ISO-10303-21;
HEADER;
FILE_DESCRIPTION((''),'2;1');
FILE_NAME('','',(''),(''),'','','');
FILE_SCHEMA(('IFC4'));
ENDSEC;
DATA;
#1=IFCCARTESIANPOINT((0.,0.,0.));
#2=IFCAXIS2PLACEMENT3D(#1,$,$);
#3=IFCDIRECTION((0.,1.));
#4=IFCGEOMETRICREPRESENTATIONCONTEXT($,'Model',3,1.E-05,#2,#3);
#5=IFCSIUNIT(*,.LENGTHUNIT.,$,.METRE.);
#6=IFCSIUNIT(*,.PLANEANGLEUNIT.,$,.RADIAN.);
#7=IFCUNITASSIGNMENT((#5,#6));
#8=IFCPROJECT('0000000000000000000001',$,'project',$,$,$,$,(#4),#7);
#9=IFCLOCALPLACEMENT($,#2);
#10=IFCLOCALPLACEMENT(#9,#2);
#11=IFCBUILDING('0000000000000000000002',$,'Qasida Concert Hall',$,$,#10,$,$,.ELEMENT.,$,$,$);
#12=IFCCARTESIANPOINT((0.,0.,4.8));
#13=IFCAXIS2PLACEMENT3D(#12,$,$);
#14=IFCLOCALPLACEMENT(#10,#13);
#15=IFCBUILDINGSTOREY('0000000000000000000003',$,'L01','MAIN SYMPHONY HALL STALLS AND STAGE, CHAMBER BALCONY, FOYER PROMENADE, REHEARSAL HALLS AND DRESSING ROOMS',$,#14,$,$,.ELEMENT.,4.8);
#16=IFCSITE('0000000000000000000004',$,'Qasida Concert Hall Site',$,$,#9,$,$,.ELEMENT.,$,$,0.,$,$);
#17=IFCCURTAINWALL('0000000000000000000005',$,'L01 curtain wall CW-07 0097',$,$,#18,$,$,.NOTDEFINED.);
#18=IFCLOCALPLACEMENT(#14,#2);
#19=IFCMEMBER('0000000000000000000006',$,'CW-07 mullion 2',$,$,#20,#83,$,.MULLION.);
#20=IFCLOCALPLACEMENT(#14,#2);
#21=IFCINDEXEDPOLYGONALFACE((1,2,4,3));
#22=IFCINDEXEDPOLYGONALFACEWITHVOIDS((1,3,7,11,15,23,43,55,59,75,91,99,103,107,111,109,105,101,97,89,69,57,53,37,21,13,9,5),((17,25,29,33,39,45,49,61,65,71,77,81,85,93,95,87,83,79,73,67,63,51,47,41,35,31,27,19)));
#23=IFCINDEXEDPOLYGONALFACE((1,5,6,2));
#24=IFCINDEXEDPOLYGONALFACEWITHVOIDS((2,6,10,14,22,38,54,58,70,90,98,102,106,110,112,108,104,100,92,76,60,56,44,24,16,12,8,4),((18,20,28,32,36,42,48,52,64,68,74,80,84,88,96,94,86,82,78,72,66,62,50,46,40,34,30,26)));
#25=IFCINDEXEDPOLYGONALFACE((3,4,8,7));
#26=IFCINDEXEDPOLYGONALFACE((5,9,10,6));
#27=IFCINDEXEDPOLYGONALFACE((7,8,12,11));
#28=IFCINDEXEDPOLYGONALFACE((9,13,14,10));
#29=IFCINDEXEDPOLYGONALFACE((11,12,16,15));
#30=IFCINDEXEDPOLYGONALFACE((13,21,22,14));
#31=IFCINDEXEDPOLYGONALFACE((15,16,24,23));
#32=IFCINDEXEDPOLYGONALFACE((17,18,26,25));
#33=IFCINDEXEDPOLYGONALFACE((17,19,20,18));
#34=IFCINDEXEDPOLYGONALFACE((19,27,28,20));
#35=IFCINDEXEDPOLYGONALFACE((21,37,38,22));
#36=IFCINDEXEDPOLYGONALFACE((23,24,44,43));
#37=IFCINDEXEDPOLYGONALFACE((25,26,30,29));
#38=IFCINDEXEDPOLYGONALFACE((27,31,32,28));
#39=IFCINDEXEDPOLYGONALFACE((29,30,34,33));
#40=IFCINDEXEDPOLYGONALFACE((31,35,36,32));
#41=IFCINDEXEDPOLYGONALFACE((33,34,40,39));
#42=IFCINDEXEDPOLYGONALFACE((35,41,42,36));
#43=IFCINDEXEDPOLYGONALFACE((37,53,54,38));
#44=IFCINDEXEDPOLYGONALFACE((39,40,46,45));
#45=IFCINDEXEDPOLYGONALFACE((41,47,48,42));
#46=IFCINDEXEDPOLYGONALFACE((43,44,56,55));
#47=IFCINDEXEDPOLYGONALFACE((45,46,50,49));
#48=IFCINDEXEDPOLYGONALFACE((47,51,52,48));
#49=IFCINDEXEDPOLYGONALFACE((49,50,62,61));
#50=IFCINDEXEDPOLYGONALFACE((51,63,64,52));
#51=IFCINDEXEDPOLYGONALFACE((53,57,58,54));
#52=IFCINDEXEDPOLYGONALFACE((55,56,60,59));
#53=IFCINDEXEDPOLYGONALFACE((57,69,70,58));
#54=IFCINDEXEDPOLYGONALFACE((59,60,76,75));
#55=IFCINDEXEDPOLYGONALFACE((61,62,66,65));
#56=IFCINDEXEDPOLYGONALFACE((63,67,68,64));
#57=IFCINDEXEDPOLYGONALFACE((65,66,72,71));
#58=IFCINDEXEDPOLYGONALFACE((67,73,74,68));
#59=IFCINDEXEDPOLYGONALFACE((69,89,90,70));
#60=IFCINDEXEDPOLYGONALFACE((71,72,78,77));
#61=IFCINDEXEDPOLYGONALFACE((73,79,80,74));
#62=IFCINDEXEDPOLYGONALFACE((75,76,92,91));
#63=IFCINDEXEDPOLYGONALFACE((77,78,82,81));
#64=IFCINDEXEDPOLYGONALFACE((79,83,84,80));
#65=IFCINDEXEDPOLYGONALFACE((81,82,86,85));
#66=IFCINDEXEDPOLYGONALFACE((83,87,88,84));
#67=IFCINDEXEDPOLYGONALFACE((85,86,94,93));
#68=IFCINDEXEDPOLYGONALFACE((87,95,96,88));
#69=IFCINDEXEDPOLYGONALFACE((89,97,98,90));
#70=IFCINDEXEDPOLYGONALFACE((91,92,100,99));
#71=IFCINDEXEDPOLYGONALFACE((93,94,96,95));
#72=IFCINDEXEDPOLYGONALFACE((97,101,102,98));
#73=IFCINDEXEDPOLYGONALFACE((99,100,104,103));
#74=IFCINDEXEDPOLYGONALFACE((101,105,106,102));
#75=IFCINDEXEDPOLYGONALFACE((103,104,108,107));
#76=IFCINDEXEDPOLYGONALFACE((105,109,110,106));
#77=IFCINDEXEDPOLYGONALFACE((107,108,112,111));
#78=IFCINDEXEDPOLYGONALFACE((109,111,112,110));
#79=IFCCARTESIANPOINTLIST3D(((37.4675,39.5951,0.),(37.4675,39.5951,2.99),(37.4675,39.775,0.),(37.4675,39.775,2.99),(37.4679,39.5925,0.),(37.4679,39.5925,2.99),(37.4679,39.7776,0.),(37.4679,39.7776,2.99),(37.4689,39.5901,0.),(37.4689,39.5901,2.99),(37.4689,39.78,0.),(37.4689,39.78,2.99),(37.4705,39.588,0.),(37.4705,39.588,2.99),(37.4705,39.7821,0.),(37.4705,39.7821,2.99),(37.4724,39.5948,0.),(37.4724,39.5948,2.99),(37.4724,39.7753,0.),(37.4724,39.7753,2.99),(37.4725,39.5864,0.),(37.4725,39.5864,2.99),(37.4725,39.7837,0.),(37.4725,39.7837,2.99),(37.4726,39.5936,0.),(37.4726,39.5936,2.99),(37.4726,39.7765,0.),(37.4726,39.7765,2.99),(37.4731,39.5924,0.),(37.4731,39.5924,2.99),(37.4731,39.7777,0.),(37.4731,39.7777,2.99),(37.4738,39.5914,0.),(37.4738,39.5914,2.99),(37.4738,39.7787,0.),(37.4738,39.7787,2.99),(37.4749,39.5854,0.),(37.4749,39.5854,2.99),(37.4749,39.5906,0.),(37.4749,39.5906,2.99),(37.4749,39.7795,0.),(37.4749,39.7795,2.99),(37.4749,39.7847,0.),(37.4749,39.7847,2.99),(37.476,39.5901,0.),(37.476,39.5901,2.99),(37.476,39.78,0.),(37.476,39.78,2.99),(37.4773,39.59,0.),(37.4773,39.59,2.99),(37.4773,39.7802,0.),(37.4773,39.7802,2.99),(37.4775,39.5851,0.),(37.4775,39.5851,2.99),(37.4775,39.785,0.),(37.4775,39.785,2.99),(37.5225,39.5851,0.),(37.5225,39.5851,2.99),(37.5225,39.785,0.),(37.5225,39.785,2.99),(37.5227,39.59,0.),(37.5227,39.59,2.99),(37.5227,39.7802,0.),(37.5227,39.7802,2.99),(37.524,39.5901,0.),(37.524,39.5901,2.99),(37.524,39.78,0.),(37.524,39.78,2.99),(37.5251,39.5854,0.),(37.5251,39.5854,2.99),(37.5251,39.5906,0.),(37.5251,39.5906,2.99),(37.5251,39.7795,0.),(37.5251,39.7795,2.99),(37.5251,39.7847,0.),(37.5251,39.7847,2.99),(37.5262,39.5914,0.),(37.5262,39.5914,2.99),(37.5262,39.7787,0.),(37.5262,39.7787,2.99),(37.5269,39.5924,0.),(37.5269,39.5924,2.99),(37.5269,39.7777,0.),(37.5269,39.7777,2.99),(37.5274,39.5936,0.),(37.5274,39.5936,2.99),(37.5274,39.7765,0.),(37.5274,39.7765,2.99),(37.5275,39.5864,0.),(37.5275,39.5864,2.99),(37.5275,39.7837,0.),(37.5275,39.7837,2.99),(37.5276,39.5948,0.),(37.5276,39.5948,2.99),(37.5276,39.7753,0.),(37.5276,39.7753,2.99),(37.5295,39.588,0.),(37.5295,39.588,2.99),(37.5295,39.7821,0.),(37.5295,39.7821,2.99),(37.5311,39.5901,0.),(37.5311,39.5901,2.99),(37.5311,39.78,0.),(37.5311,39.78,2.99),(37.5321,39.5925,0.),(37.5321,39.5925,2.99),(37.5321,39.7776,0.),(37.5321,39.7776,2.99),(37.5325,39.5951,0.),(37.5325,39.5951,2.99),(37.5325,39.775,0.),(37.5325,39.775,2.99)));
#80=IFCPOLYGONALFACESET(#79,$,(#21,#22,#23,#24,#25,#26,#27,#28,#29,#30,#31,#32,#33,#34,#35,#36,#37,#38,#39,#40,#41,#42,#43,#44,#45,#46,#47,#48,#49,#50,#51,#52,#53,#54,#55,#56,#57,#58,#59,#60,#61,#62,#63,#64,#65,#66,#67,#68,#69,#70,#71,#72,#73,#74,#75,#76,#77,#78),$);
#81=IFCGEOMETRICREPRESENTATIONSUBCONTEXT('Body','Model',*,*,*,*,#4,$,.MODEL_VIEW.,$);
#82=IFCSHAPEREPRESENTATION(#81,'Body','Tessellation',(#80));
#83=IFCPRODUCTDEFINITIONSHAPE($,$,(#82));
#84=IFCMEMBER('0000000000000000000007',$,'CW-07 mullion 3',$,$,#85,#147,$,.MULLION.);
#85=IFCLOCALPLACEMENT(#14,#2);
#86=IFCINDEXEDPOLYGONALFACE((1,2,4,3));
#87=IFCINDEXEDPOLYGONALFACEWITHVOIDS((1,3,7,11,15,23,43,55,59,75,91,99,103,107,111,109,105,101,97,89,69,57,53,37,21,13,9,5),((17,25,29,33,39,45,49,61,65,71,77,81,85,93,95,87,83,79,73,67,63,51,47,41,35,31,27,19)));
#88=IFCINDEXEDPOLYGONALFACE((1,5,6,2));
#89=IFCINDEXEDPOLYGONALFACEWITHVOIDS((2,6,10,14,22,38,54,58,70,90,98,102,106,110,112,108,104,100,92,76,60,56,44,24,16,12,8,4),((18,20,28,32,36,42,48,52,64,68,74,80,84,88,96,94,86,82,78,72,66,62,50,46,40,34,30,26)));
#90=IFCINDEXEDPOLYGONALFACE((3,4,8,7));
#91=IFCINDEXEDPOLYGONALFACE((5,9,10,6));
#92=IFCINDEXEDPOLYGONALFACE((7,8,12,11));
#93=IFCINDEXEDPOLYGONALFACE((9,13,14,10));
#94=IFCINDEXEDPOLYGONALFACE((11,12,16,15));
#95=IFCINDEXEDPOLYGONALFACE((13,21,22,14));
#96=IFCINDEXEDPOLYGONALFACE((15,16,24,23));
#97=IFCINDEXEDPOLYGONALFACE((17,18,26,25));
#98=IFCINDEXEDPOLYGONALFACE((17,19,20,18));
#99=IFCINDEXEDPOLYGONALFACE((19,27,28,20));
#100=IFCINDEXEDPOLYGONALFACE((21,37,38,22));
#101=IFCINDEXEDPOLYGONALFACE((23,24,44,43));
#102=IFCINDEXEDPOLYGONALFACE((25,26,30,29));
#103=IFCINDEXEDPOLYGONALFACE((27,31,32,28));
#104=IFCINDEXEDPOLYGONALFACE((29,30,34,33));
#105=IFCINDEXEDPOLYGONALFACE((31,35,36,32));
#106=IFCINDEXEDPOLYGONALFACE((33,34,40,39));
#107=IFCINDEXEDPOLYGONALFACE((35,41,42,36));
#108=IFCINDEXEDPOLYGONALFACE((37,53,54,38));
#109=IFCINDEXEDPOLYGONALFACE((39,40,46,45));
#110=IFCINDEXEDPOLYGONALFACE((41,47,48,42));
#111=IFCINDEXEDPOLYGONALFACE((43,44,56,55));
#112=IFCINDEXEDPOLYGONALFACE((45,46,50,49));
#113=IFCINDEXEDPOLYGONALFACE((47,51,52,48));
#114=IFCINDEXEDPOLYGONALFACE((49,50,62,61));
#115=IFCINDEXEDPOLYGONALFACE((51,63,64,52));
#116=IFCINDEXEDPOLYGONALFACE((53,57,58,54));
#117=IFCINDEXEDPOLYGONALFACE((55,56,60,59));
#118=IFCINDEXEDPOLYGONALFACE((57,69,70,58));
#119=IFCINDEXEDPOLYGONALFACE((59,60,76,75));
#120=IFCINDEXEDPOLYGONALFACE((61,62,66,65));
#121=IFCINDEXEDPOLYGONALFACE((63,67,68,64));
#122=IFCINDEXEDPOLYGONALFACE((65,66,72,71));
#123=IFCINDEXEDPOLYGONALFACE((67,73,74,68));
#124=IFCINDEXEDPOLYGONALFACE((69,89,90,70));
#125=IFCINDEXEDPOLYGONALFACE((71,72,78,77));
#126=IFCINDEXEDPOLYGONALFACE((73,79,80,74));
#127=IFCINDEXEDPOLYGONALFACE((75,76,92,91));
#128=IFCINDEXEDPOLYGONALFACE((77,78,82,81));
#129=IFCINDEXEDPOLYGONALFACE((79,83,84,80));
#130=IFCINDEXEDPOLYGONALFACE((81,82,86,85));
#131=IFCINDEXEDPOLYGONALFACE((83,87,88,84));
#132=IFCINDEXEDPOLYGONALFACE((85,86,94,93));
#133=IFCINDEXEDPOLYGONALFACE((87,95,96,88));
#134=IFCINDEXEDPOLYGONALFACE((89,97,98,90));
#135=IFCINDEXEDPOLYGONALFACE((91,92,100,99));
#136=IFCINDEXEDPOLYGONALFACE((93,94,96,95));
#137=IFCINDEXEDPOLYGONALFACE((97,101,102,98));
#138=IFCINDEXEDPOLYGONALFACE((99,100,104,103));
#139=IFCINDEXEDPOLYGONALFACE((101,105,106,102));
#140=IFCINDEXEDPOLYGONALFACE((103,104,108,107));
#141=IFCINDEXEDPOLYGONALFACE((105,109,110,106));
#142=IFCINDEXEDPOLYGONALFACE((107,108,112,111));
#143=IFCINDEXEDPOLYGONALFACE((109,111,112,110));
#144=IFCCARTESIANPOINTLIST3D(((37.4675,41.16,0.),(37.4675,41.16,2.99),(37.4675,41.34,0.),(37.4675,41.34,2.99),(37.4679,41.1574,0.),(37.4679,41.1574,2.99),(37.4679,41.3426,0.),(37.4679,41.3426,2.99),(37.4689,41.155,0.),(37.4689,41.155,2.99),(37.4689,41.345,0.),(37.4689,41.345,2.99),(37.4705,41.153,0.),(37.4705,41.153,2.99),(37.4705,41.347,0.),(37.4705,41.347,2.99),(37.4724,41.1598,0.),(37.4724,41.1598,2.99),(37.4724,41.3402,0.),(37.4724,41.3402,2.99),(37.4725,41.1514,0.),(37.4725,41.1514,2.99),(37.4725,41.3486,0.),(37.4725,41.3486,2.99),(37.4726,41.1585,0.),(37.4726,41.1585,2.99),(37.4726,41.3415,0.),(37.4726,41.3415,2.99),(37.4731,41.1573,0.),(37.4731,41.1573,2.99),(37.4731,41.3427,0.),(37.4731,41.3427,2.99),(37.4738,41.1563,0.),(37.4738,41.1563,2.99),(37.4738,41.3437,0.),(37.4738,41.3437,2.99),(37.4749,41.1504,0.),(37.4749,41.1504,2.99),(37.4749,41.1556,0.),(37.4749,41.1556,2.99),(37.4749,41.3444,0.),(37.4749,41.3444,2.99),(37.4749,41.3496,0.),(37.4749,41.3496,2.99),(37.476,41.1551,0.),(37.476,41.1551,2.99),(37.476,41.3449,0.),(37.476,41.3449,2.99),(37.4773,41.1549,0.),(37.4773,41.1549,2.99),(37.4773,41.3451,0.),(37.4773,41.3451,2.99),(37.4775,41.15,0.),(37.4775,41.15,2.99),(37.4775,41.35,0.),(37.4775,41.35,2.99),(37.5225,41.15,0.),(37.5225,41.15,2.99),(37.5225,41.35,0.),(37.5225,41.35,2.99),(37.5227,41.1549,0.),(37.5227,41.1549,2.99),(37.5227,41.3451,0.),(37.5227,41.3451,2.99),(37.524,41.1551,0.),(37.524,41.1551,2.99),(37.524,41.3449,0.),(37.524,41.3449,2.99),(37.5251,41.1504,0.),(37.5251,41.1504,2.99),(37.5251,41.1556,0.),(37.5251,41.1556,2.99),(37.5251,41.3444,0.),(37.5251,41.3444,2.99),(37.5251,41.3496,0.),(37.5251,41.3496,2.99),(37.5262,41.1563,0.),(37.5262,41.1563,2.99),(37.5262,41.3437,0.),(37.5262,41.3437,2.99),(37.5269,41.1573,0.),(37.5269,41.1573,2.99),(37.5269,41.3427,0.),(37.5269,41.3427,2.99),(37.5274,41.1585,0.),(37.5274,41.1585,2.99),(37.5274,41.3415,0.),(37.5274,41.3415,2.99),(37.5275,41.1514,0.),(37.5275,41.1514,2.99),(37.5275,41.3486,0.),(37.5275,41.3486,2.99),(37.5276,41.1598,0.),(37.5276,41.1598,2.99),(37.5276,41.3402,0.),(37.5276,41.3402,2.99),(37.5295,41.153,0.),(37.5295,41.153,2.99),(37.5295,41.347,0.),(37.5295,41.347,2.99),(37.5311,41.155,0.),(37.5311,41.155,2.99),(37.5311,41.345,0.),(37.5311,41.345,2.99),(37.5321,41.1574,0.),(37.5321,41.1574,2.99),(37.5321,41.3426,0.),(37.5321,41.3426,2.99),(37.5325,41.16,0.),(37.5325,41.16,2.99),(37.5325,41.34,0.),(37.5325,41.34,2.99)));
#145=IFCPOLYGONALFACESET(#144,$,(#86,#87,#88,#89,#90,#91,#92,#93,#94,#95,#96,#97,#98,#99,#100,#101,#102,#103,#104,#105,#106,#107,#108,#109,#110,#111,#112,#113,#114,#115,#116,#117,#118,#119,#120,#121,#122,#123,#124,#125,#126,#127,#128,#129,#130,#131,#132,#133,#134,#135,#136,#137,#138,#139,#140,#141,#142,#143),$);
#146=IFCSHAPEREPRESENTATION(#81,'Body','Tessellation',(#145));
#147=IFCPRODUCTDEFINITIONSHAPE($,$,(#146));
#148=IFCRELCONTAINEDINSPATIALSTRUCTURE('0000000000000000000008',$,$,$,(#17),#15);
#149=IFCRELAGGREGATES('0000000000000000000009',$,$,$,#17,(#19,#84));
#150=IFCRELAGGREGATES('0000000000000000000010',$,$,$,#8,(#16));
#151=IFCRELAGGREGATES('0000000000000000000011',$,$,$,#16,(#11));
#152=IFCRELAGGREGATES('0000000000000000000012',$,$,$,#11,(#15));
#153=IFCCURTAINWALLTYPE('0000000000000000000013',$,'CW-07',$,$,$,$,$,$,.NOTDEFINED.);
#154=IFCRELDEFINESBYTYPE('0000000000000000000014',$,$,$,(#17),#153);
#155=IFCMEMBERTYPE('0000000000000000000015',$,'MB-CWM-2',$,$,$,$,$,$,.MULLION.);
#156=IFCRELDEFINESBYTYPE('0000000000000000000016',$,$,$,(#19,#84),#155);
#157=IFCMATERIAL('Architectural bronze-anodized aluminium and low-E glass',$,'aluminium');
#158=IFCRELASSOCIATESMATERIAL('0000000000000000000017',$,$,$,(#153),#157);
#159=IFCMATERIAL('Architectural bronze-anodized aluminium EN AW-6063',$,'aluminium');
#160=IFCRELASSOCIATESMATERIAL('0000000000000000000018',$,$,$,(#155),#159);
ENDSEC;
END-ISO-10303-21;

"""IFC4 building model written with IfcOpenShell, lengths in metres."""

from ifc_helpers import new_model, si_unit, direction, frame, origin, origin_2d, place, context, subcontext, project, spatial, hollow_rectangle, extrude, material, material_profile, profile_set, type_object, element, aggregate, save


model = new_model("IFC4")

# Units and contexts
model_context = context("Model", 3, precision=1e-05, world=origin(), true_north=direction((0.0, 1.0)))
body_context = subcontext(model_context, "Body", "Model", "MODEL_VIEW")
ifc_project = project(units=[si_unit("LENGTHUNIT", "METRE"), si_unit("PLANEANGLEUNIT", "RADIAN")], contexts=[model_context])

# Site, building, storey
site_placement = place(None, origin())
site = spatial("IfcSite", under=ifc_project, at=site_placement, Name="Qasida Concert Hall Site", CompositionType="ELEMENT", RefElevation=0.0)
building_placement = place(site_placement, origin())
building = spatial("IfcBuilding", under=site, at=building_placement, Name="Qasida Concert Hall", CompositionType="ELEMENT")
storey_placement = place(building_placement, frame((0.0, 0.0, 4.8)))
storey = spatial("IfcBuildingStorey", under=building, at=storey_placement, Name="L01", Description="MAIN SYMPHONY HALL STALLS AND STAGE, CHAMBER BALCONY, FOYER PROMENADE, REHEARSAL HALLS AND DRESSING ROOMS", CompositionType="ELEMENT", Elevation=4.8)

# Curtain wall, members
ifc_material_1 = material(Name="Architectural bronze-anodized aluminium and low-E glass", Category="aluminium")
curtain_wall_type = type_object("IfcCurtainWallType", Name="CW-07", PredefinedType="NOTDEFINED", material=ifc_material_1)
curtain_wall_placement = place(storey_placement, origin())
curtain_wall = element("IfcCurtainWall", 1, at=curtain_wall_placement, inside=storey, type_object=curtain_wall_type, Name="L01 curtain wall CW-07 0097", PredefinedType="NOTDEFINED")
ifc_material_2 = material(Name="Architectural bronze-anodized aluminium EN AW-6063", Category="aluminium")
ifc_material_profile_1 = material_profile(ifc_material_2, hollow_rectangle(XDim=0.0649, YDim=0.2, WallThickness=0.0049, InnerFilletRadius=0.0049, OuterFilletRadius=0.01, at=origin_2d()), Name="CWM 200x65x5")
ifc_profile_set_1 = profile_set([ifc_material_profile_1], Name="Architectural bronze-anodized aluminium EN AW-6063")
member_type_1 = type_object("IfcMemberType", Name="MB-CWM-2", PredefinedType="MULLION", material=ifc_profile_set_1)
member_1_placement = place(storey_placement, frame((37.5, 39.6851, 0.0), z_axis=(0.0, 0.0, 1.0), x_axis=(-1.0, 0.0, 0.0)))
member_1 = element("IfcMember", 2, at=member_1_placement, type_object=member_type_1, Name="CW-07 mullion 2", PredefinedType="MULLION", context=body_context, shape_type="SweptSolid", body=[
    extrude(hollow_rectangle(XDim=0.0649, YDim=0.2, WallThickness=0.0049, InnerFilletRadius=0.0049, OuterFilletRadius=0.01, at=origin_2d()), origin(), (0.0, 0.0, 1.0), 2.99),
])
member_2_placement = place(storey_placement, frame((37.5, 41.25, 0.0), z_axis=(0.0, 0.0, 1.0), x_axis=(-1.0, 0.0, 0.0)))
member_2 = element("IfcMember", 3, at=member_2_placement, type_object=member_type_1, Name="CW-07 mullion 3", PredefinedType="MULLION", context=body_context, shape_type="SweptSolid", body=[
    extrude(hollow_rectangle(XDim=0.0649, YDim=0.2, WallThickness=0.0049, InnerFilletRadius=0.0049, OuterFilletRadius=0.01, at=origin_2d()), origin(), (0.0, 0.0, 1.0), 2.99),
])
aggregate(curtain_wall, [member_1, member_2])

save(model, "model.ifc")
